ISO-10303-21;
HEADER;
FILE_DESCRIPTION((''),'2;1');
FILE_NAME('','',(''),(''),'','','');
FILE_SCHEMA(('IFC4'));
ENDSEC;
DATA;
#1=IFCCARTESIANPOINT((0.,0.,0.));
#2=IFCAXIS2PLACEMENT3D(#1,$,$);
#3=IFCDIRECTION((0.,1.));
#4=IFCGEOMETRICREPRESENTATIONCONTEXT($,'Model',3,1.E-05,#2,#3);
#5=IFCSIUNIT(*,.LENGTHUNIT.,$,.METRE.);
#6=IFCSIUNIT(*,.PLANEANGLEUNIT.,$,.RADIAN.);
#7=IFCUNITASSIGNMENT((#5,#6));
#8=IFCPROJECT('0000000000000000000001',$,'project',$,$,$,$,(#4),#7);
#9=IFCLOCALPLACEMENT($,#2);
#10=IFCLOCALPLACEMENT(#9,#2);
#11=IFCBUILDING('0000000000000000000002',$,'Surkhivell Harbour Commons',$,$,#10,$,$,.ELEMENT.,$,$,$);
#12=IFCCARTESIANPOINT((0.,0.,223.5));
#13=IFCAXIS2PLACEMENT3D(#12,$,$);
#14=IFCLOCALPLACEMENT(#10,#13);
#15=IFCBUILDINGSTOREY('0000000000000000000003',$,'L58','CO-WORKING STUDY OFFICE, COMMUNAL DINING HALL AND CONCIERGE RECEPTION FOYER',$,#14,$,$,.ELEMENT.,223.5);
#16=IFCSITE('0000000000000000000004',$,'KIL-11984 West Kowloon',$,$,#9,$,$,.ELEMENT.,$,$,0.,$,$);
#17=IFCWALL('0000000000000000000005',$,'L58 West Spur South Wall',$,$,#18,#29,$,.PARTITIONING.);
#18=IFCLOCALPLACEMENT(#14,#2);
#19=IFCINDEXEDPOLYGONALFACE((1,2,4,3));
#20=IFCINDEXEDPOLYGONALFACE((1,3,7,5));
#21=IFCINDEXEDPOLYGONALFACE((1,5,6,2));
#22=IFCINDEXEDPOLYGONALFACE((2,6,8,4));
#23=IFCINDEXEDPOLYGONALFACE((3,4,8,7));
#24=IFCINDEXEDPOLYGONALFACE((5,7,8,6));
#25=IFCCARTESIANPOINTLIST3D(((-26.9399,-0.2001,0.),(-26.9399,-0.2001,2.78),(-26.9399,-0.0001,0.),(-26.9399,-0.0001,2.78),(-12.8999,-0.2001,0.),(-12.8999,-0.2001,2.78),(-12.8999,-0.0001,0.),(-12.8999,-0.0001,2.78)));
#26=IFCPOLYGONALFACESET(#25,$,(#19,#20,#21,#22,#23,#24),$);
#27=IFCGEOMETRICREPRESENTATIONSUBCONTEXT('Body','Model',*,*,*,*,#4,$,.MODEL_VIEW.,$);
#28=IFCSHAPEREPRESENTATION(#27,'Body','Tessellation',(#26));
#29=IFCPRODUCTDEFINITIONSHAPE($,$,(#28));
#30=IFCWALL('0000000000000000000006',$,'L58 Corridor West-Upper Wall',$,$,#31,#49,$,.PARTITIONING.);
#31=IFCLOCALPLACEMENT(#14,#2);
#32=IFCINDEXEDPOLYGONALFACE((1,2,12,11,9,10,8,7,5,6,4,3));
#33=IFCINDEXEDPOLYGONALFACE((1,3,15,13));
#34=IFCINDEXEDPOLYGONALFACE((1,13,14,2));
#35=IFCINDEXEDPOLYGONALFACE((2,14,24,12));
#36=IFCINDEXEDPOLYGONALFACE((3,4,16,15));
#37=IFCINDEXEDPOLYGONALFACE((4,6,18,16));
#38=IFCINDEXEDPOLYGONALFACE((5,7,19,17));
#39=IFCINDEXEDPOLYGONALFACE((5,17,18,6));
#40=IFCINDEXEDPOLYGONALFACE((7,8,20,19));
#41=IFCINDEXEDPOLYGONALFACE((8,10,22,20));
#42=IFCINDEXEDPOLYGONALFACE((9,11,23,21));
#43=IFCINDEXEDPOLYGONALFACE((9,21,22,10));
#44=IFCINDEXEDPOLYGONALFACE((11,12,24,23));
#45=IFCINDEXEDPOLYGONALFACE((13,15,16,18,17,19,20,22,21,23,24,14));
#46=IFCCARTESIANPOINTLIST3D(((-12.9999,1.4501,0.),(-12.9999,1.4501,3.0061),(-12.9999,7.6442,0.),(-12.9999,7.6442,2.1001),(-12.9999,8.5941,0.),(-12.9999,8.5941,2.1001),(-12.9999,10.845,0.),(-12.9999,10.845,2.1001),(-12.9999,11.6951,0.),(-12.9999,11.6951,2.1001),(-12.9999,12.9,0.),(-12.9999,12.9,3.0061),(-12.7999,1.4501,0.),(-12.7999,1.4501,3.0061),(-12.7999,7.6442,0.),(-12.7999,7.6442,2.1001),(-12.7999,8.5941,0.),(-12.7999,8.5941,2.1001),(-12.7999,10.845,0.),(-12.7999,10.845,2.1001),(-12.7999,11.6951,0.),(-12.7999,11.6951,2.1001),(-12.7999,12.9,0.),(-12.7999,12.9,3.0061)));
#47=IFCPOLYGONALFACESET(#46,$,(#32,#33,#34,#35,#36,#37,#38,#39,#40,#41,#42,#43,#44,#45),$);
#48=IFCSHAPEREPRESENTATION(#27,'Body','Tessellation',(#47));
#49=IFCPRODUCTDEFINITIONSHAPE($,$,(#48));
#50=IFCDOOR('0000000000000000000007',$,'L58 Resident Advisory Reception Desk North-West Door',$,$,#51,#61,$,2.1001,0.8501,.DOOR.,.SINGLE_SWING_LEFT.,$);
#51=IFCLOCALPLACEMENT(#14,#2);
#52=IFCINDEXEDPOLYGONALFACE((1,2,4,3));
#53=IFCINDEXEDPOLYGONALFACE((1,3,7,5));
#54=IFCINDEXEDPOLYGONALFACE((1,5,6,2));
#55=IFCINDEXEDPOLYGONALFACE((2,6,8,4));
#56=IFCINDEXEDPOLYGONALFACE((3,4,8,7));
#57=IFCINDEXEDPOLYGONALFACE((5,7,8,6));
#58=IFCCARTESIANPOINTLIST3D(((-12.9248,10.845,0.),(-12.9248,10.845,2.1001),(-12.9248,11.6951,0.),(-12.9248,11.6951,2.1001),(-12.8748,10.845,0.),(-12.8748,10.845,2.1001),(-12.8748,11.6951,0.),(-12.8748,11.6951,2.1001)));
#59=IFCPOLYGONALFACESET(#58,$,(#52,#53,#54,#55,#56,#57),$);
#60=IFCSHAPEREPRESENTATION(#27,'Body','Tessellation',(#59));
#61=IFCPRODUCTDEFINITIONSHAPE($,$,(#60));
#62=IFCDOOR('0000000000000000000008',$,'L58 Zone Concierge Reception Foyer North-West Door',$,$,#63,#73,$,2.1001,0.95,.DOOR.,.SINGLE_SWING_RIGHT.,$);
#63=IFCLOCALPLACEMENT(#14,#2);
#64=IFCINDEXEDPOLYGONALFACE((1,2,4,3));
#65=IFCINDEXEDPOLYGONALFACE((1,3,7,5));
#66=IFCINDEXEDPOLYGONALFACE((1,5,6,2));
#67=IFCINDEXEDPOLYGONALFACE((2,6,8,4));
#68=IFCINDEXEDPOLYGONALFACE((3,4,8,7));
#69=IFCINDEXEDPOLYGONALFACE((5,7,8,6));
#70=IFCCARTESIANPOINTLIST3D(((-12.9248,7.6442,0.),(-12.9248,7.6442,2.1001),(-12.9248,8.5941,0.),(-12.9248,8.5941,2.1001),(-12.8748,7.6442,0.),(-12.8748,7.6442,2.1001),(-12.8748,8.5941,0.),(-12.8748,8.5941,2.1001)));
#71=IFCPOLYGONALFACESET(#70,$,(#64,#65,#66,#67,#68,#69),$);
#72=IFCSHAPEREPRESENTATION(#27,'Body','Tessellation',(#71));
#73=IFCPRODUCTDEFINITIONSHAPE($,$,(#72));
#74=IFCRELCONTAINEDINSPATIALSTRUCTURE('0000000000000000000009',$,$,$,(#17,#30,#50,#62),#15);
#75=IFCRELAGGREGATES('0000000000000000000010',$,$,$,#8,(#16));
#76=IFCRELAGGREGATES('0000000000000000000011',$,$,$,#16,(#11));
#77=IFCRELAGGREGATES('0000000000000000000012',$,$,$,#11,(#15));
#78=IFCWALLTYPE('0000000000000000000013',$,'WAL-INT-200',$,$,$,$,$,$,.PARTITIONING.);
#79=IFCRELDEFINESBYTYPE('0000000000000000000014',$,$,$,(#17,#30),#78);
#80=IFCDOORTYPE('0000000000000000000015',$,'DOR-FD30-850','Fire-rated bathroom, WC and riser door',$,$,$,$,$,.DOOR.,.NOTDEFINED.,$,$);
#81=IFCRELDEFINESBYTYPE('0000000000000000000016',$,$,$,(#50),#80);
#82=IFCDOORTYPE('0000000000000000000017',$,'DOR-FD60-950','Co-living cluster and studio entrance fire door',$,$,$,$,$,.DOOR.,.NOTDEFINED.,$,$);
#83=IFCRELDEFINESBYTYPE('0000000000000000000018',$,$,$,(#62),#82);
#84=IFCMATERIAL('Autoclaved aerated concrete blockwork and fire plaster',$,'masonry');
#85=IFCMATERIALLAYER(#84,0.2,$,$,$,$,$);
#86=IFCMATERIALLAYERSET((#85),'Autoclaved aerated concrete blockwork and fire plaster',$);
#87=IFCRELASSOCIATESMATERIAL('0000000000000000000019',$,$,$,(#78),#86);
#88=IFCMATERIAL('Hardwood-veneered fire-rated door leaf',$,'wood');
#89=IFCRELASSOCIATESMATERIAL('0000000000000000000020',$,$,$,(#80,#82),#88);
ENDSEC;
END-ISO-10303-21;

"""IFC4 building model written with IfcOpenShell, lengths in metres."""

from ifc_helpers import new_model, si_unit, direction, frame, frame_2d, origin, place, context, subcontext, project, spatial, rectangle, extrude, material, layer, layer_set, type_object, element, fill, save


model = new_model("IFC4")

# Units and contexts
model_context = context("Model", 3, precision=1e-05, world=origin(), true_north=direction((0.0, 1.0)))
body_context = subcontext(model_context, "Body", "Model", "MODEL_VIEW")
ifc_project = project(units=[si_unit("LENGTHUNIT", "METRE"), si_unit("PLANEANGLEUNIT", "RADIAN")], contexts=[model_context])

# Site, building, storey
site_placement = place(None, origin())
site = spatial("IfcSite", under=ifc_project, at=site_placement, Name="KIL-11984 West Kowloon", CompositionType="ELEMENT", RefElevation=0.0)
building_placement = place(site_placement, origin())
building = spatial("IfcBuilding", under=site, at=building_placement, Name="Surkhivell Harbour Commons", CompositionType="ELEMENT")
storey_placement = place(building_placement, frame((0.0, 0.0, 223.5)))
storey = spatial("IfcBuildingStorey", under=building, at=storey_placement, Name="L58", Description="CO-WORKING STUDY OFFICE, COMMUNAL DINING HALL AND CONCIERGE RECEPTION FOYER", CompositionType="ELEMENT", Elevation=223.5)

# Shared definitions
ifc_material_1 = material(Name="Hardwood-veneered fire-rated door leaf", Category="wood")

# Wall
ifc_material_2 = material(Name="Autoclaved aerated concrete blockwork and fire plaster", Category="masonry")
ifc_layer_1 = layer(ifc_material_2, 0.2)
ifc_layer_set_1 = layer_set([ifc_layer_1], Name="Autoclaved aerated concrete blockwork and fire plaster")
wall_type_1 = type_object("IfcWallType", Name="WAL-INT-200", PredefinedType="PARTITIONING", material=ifc_layer_set_1)
for number, where, z_axis, x_axis, name in (
    (1, (-26.9399, -0.1001, 0.0), (0.0, 0.0, 1.0), (1.0, 0.0, 0.0), "L58 West Spur South Wall"),
):
    element("IfcWall", number, at=place(storey_placement, frame(where, z_axis=z_axis, x_axis=x_axis)), inside=storey, type_object=wall_type_1, Name=name, PredefinedType="PARTITIONING", context=body_context, shape_type="SweptSolid", body=[
        extrude(rectangle(XDim=14.04, YDim=0.2, at=frame_2d((7.02, 0.0))), origin(), (0.0, 0.0, 1.0), 2.78),
    ])

# Wall, openings, doors
wall_1_placement = place(storey_placement, frame((-12.8999, 1.45, 0.0), z_axis=(0.0, 0.0, 1.0), x_axis=(0.0, 1.0, 0.0)))
wall_1 = element("IfcWall", 2, at=wall_1_placement, inside=storey, type_object=wall_type_1, Name="L58 Corridor West-Upper Wall", PredefinedType="PARTITIONING", context=body_context, shape_type="SweptSolid", body=[
    extrude(rectangle(XDim=11.45, YDim=0.2, at=frame_2d((5.7251, 0.0))), origin(), (0.0, 0.0, 1.0), 3.0061),
])
opening_1_placement = place(wall_1_placement, frame((6.1941, 0.0, 0.0)))
opening_1 = element("IfcOpeningElement", 3, at=opening_1_placement, cuts=wall_1, PredefinedType="OPENING", context=body_context, shape_type="SweptSolid", body=[
    extrude(rectangle(XDim=0.95, YDim=2.1001, at=frame_2d((0.4751, 1.05))), frame((0.0, 0.1099, 0.0), z_axis=(0.0, -1.0, 0.0), x_axis=(1.0, 0.0, 0.0)), (0.0, 0.0, 1.0), 0.22),
])
opening_2_placement = place(wall_1_placement, frame((9.395, 0.0, 0.0)))
opening_2 = element("IfcOpeningElement", 4, at=opening_2_placement, cuts=wall_1, PredefinedType="OPENING", context=body_context, shape_type="SweptSolid", body=[
    extrude(rectangle(XDim=0.8501, YDim=2.1001, at=frame_2d((0.425, 1.05))), frame((0.0, 0.1099, 0.0), z_axis=(0.0, -1.0, 0.0), x_axis=(1.0, 0.0, 0.0)), (0.0, 0.0, 1.0), 0.22),
])
door_type_1 = type_object("IfcDoorType", Name="DOR-FD30-850", Description="Fire-rated bathroom, WC and riser door", OperationType="NOTDEFINED", PredefinedType="DOOR", material=ifc_material_1)
door_1_placement = place(opening_2_placement, origin())
door_1 = element("IfcDoor", 5, at=door_1_placement, inside=storey, type_object=door_type_1, Name="L58 Resident Advisory Reception Desk North-West Door", OperationType="SINGLE_SWING_LEFT", OverallHeight=2.1001, OverallWidth=0.8501, PredefinedType="DOOR", context=body_context, shape_type="SweptSolid", body=[
    extrude(rectangle(XDim=0.8501, YDim=2.1001, at=frame_2d((0.425, 1.05))), frame((0.0, 0.0249, 0.0), z_axis=(0.0, -1.0, 0.0), x_axis=(1.0, 0.0, 0.0)), (0.0, 0.0, 1.0), 0.05),
])
fill(opening_2, door_1)
door_type_2 = type_object("IfcDoorType", Name="DOR-FD60-950", Description="Co-living cluster and studio entrance fire door", OperationType="NOTDEFINED", PredefinedType="DOOR", material=ifc_material_1)
door_2_placement = place(opening_1_placement, origin())
door_2 = element("IfcDoor", 6, at=door_2_placement, inside=storey, type_object=door_type_2, Name="L58 Zone Concierge Reception Foyer North-West Door", OperationType="SINGLE_SWING_RIGHT", OverallHeight=2.1001, OverallWidth=0.95, PredefinedType="DOOR", context=body_context, shape_type="SweptSolid", body=[
    extrude(rectangle(XDim=0.95, YDim=2.1001, at=frame_2d((0.4751, 1.05))), frame((0.0, 0.0249, 0.0), z_axis=(0.0, -1.0, 0.0), x_axis=(1.0, 0.0, 0.0)), (0.0, 0.0, 1.0), 0.05),
])
fill(opening_1, door_2)

save(model, "model.ifc")
